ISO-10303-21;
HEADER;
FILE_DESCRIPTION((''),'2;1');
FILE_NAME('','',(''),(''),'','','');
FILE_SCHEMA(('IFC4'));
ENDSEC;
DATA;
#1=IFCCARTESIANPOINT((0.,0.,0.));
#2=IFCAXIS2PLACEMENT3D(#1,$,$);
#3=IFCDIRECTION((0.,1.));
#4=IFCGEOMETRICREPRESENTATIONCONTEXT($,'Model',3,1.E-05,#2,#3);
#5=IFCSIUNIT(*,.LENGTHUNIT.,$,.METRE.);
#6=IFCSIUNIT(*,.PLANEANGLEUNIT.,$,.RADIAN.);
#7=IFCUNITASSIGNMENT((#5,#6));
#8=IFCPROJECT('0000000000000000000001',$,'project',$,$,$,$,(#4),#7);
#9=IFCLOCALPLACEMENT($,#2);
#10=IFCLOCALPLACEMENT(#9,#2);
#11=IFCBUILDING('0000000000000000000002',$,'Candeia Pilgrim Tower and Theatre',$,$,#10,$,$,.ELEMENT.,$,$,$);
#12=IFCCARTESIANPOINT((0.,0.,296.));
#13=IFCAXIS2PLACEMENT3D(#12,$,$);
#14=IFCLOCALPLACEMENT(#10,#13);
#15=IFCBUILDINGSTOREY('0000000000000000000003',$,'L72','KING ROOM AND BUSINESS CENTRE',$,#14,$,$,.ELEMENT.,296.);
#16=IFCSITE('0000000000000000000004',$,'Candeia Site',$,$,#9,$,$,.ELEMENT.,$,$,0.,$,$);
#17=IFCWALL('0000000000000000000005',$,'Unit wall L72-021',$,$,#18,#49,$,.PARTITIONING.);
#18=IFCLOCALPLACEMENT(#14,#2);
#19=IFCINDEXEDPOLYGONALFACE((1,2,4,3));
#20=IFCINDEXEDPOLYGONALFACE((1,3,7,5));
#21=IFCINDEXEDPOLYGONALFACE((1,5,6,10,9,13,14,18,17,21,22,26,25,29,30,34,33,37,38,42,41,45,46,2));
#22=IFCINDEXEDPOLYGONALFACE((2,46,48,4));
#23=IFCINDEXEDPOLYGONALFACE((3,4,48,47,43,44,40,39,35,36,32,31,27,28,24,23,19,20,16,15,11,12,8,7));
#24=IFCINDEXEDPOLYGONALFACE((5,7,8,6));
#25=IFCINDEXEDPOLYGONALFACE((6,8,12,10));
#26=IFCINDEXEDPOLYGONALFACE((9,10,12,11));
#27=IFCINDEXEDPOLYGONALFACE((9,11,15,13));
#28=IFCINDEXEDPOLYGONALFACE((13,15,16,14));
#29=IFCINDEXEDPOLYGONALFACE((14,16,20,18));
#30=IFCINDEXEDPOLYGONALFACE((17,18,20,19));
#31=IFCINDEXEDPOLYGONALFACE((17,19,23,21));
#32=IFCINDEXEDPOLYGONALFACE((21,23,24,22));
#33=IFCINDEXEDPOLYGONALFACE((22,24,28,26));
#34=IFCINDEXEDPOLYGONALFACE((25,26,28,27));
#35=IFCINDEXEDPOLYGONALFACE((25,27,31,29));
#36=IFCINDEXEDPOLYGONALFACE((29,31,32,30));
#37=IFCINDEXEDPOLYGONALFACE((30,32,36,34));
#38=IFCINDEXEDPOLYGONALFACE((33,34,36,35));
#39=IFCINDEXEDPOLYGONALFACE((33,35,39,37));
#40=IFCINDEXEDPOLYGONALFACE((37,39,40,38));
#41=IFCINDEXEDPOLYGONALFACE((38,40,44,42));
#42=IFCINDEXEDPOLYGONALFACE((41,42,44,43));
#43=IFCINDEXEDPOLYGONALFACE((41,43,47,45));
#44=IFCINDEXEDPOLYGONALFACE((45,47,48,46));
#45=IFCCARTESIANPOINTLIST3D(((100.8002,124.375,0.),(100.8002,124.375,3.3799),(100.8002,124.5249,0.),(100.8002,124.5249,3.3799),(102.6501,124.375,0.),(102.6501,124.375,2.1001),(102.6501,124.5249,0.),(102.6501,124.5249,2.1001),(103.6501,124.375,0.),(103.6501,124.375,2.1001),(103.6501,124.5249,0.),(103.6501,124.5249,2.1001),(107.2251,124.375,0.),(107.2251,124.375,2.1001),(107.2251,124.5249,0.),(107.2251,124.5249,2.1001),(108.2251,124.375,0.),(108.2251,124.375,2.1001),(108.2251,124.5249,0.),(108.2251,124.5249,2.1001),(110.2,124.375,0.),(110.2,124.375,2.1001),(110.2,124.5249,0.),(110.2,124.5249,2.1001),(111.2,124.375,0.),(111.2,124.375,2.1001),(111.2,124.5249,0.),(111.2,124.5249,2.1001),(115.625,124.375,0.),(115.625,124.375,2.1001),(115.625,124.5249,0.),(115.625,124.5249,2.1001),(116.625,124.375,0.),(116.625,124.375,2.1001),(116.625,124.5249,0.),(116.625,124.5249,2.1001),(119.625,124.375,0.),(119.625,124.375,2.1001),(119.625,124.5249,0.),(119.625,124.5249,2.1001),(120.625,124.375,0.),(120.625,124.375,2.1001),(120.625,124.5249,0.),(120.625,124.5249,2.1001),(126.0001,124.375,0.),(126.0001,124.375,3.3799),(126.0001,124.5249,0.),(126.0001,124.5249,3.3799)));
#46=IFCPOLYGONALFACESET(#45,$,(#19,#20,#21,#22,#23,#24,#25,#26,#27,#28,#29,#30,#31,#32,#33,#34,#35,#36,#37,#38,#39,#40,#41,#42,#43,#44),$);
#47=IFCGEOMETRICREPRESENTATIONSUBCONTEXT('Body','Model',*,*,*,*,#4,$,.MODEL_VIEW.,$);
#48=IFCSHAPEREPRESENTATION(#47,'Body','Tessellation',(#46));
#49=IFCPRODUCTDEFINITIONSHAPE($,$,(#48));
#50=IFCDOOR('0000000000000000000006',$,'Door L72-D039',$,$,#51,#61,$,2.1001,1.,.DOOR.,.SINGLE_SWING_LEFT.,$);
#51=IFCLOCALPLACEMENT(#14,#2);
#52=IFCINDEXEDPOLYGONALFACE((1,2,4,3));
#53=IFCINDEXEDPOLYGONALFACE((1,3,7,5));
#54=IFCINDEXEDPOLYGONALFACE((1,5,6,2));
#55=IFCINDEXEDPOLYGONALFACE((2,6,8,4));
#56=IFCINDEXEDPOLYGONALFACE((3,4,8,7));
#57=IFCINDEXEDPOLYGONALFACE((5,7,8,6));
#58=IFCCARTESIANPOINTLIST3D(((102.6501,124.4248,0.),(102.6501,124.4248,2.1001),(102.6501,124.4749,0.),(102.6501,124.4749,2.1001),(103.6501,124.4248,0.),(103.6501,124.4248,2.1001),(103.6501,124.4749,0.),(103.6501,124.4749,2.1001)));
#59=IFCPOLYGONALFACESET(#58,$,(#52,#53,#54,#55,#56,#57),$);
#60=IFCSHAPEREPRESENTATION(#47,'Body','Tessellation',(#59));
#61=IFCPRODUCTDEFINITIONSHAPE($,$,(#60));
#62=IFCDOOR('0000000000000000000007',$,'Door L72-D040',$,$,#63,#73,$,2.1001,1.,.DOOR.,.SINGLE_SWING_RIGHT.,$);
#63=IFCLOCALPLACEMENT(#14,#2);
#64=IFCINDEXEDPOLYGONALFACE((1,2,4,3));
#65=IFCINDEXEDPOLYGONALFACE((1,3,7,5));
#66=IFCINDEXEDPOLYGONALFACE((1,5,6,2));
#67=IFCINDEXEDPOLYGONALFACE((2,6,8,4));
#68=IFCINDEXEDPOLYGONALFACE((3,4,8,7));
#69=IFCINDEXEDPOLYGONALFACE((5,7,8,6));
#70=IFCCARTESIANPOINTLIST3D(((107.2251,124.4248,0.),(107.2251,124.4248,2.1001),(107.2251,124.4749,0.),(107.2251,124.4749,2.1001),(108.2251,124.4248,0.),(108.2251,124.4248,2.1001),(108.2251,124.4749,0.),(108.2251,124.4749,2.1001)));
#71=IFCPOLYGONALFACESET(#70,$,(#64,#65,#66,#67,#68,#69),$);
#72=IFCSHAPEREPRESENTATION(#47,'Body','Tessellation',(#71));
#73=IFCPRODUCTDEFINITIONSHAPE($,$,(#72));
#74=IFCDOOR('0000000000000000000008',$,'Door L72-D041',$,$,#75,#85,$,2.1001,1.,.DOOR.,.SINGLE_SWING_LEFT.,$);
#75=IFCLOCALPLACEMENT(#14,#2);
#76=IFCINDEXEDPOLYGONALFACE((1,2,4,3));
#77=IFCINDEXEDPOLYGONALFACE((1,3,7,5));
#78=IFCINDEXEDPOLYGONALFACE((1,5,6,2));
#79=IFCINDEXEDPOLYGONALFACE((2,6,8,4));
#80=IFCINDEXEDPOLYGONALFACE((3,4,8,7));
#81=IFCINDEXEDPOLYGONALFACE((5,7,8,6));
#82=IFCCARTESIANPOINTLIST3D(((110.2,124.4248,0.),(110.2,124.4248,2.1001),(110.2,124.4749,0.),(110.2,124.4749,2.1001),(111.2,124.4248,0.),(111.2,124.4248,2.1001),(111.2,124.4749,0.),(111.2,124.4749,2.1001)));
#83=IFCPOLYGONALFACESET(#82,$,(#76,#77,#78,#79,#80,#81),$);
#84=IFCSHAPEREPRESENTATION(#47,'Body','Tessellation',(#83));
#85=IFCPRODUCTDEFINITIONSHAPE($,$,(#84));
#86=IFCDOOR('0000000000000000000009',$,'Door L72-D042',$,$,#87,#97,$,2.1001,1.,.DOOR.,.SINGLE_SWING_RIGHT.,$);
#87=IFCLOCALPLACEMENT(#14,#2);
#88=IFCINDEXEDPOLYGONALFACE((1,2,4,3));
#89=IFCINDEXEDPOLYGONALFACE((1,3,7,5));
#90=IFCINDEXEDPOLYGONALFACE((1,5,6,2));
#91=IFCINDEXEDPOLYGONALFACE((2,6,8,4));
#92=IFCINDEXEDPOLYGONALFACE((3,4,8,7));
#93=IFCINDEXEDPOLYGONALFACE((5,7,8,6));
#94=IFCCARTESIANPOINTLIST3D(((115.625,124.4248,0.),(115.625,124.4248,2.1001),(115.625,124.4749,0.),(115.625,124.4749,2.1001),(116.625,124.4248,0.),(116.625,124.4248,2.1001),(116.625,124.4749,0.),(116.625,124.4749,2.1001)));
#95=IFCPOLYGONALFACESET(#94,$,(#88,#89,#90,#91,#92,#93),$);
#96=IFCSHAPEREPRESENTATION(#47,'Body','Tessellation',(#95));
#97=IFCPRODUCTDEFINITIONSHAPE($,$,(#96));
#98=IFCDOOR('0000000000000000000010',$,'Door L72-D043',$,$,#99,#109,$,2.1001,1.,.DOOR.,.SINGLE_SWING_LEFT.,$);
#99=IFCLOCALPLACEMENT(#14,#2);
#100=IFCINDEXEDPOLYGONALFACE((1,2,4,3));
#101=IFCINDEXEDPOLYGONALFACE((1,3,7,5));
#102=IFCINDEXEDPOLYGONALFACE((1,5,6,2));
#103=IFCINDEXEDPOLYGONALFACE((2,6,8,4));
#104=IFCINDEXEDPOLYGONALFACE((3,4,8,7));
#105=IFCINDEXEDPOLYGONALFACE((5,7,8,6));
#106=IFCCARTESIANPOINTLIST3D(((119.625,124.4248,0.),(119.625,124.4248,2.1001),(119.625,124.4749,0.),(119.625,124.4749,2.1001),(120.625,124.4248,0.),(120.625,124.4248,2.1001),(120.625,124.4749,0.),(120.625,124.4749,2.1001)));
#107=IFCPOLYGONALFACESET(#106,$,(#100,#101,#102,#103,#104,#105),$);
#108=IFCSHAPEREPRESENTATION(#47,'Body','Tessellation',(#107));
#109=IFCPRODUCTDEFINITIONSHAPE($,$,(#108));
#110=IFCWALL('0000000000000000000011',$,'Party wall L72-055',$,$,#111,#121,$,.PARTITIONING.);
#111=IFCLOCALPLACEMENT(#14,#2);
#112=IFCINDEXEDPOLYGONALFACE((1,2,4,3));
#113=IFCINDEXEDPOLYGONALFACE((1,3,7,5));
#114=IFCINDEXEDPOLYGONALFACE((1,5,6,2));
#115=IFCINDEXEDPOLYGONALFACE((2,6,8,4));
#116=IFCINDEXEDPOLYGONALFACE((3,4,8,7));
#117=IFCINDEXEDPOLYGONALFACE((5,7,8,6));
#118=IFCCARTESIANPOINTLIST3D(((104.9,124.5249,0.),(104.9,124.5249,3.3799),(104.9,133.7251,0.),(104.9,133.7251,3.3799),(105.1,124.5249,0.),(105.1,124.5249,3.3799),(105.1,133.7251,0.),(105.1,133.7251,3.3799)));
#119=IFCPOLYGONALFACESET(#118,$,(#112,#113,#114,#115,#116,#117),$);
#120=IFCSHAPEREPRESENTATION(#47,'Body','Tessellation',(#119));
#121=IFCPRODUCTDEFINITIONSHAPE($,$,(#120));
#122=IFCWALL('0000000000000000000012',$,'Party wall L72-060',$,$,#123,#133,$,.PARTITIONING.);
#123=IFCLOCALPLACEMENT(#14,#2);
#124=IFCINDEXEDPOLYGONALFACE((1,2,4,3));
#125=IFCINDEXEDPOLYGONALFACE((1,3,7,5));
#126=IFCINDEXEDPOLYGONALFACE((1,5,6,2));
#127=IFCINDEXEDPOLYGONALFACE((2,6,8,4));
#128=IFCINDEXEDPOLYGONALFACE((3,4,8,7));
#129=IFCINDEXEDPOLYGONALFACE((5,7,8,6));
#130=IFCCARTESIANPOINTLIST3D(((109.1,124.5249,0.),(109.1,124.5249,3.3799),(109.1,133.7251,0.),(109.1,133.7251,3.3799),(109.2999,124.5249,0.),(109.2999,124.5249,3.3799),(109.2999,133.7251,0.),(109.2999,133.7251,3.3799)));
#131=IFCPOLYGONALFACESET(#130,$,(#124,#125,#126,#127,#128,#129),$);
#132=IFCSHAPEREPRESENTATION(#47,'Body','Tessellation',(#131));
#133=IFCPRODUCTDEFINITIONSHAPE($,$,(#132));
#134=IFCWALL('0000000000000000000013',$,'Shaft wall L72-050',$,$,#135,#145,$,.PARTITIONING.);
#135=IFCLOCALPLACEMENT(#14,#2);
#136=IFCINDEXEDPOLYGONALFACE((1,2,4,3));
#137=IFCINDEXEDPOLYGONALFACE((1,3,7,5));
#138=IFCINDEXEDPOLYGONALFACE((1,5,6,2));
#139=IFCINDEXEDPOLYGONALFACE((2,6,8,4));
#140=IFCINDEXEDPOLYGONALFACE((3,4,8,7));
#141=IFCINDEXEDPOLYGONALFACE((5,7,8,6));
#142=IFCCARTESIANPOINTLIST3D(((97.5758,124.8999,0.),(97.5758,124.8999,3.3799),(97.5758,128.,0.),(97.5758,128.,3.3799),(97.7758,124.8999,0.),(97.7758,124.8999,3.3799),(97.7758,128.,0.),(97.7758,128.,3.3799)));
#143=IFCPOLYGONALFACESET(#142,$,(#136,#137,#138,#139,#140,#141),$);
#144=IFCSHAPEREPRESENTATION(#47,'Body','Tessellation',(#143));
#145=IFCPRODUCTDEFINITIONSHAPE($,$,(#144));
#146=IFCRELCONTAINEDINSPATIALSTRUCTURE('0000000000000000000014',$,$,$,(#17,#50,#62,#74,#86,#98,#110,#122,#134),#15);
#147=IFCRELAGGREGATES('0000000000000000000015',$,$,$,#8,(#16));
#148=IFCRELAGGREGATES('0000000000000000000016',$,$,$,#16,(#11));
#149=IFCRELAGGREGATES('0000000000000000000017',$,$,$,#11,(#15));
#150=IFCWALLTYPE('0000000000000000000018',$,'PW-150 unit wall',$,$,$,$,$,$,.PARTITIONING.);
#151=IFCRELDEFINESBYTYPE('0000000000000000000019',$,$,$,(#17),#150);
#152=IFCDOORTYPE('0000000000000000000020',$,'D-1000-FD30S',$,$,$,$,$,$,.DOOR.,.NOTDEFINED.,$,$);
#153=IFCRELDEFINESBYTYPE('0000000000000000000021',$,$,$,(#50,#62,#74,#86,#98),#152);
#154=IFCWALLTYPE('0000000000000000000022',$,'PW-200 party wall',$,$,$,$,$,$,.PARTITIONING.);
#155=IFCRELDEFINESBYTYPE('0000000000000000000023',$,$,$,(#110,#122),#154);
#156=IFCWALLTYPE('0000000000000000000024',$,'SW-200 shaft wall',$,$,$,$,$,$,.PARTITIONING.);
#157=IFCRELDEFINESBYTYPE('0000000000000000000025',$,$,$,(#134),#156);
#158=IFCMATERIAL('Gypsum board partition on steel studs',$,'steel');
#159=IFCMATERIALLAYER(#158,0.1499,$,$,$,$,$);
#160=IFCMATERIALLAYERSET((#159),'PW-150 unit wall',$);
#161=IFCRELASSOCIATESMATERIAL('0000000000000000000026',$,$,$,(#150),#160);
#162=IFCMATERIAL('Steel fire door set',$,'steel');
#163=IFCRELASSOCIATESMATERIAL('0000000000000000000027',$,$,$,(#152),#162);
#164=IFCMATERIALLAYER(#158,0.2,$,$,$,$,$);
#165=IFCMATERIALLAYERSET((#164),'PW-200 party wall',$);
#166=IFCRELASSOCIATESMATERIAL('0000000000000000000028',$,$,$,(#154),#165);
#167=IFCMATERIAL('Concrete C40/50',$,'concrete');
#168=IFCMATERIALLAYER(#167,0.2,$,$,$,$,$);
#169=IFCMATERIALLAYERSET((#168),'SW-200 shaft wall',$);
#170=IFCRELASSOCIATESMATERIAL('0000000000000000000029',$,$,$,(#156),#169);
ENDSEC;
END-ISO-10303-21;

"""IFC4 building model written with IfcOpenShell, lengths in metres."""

from ifc_helpers import new_model, si_unit, direction, frame, frame_2d, origin, place, context, subcontext, project, spatial, rectangle, extrude, material, layer, layer_set, type_object, element, fill, save


model = new_model("IFC4")

# Units and contexts
model_context = context("Model", 3, precision=1e-05, world=origin(), true_north=direction((0.0, 1.0)))
body_context = subcontext(model_context, "Body", "Model", "MODEL_VIEW")
ifc_project = project(units=[si_unit("LENGTHUNIT", "METRE"), si_unit("PLANEANGLEUNIT", "RADIAN")], contexts=[model_context])

# Site, building, storey
site_placement = place(None, origin())
site = spatial("IfcSite", under=ifc_project, at=site_placement, Name="Candeia Site", CompositionType="ELEMENT", RefElevation=0.0)
building_placement = place(site_placement, origin())
building = spatial("IfcBuilding", under=site, at=building_placement, Name="Candeia Pilgrim Tower and Theatre", CompositionType="ELEMENT")
storey_placement = place(building_placement, frame((0.0, 0.0, 296.0)))
storey = spatial("IfcBuildingStorey", under=building, at=storey_placement, Name="L72", Description="KING ROOM AND BUSINESS CENTRE", CompositionType="ELEMENT", Elevation=296.0)

# Shared definitions
ifc_material_1 = material(Name="Gypsum board partition on steel studs", Category="steel")

# Wall, openings, doors
ifc_layer_1 = layer(ifc_material_1, 0.1499)
ifc_layer_set_1 = layer_set([ifc_layer_1], Name="PW-150 unit wall")
wall_type_1 = type_object("IfcWallType", Name="PW-150 unit wall", PredefinedType="PARTITIONING", material=ifc_layer_set_1)
ifc_material_2 = material(Name="Steel fire door set", Category="steel")
door_type_1 = type_object("IfcDoorType", Name="D-1000-FD30S", OperationType="NOTDEFINED", PredefinedType="DOOR", material=ifc_material_2)
wall_1_placement = place(storey_placement, frame((100.8, 124.45, 0.0), z_axis=(0.0, 0.0, 1.0), x_axis=(1.0, 0.0, 0.0)))
wall_1 = element("IfcWall", 1, at=wall_1_placement, inside=storey, type_object=wall_type_1, Name="Unit wall L72-021", PredefinedType="PARTITIONING", context=body_context, shape_type="SweptSolid", body=[
    extrude(rectangle(XDim=25.2, YDim=0.1499, at=frame_2d((12.6001, 0.0))), origin(), (0.0, 0.0, 1.0), 3.3799),
])
opening_1_placement = place(wall_1_placement, frame((1.8501, 0.0, 0.0)))
opening_1 = element("IfcOpeningElement", 2, at=opening_1_placement, cuts=wall_1, PredefinedType="OPENING", context=body_context, shape_type="SweptSolid", body=[
    extrude(rectangle(XDim=1.0, YDim=2.1001, at=frame_2d((0.5, 1.05))), frame((0.0, 0.085, 0.0), z_axis=(0.0, -1.0, 0.0), x_axis=(1.0, 0.0, 0.0)), (0.0, 0.0, 1.0), 0.1699),
])
opening_2_placement = place(wall_1_placement, frame((6.425, 0.0, 0.0)))
opening_2 = element("IfcOpeningElement", 3, at=opening_2_placement, cuts=wall_1, PredefinedType="OPENING", context=body_context, shape_type="SweptSolid", body=[
    extrude(rectangle(XDim=1.0, YDim=2.1001, at=frame_2d((0.5, 1.05))), frame((0.0, 0.085, 0.0), z_axis=(0.0, -1.0, 0.0), x_axis=(1.0, 0.0, 0.0)), (0.0, 0.0, 1.0), 0.1699),
])
opening_3_placement = place(wall_1_placement, frame((9.3999, 0.0, 0.0)))
opening_3 = element("IfcOpeningElement", 4, at=opening_3_placement, cuts=wall_1, PredefinedType="OPENING", context=body_context, shape_type="SweptSolid", body=[
    extrude(rectangle(XDim=1.0, YDim=2.1001, at=frame_2d((0.5, 1.05))), frame((0.0, 0.085, 0.0), z_axis=(0.0, -1.0, 0.0), x_axis=(1.0, 0.0, 0.0)), (0.0, 0.0, 1.0), 0.1699),
])
opening_4_placement = place(wall_1_placement, frame((14.825, 0.0, 0.0)))
opening_4 = element("IfcOpeningElement", 5, at=opening_4_placement, cuts=wall_1, PredefinedType="OPENING", context=body_context, shape_type="SweptSolid", body=[
    extrude(rectangle(XDim=1.0, YDim=2.1001, at=frame_2d((0.5, 1.05))), frame((0.0, 0.085, 0.0), z_axis=(0.0, -1.0, 0.0), x_axis=(1.0, 0.0, 0.0)), (0.0, 0.0, 1.0), 0.1699),
])
opening_5_placement = place(wall_1_placement, frame((18.825, 0.0, 0.0)))
opening_5 = element("IfcOpeningElement", 6, at=opening_5_placement, cuts=wall_1, PredefinedType="OPENING", context=body_context, shape_type="SweptSolid", body=[
    extrude(rectangle(XDim=1.0, YDim=2.1001, at=frame_2d((0.5, 1.05))), frame((0.0, 0.085, 0.0), z_axis=(0.0, -1.0, 0.0), x_axis=(1.0, 0.0, 0.0)), (0.0, 0.0, 1.0), 0.1699),
])
door_1_placement = place(opening_1_placement, origin())
door_1 = element("IfcDoor", 7, at=door_1_placement, inside=storey, type_object=door_type_1, Name="Door L72-D039", OperationType="SINGLE_SWING_LEFT", OverallHeight=2.1001, OverallWidth=1.0, PredefinedType="DOOR", context=body_context, shape_type="SweptSolid", body=[
    extrude(rectangle(XDim=1.0, YDim=2.1001, at=frame_2d((0.5, 1.05))), frame((0.0, 0.0249, 0.0), z_axis=(0.0, -1.0, 0.0), x_axis=(1.0, 0.0, 0.0)), (0.0, 0.0, 1.0), 0.05),
])
fill(opening_1, door_1)
door_2_placement = place(opening_2_placement, origin())
door_2 = element("IfcDoor", 8, at=door_2_placement, inside=storey, type_object=door_type_1, Name="Door L72-D040", OperationType="SINGLE_SWING_RIGHT", OverallHeight=2.1001, OverallWidth=1.0, PredefinedType="DOOR", context=body_context, shape_type="SweptSolid", body=[
    extrude(rectangle(XDim=1.0, YDim=2.1001, at=frame_2d((0.5, 1.05))), frame((0.0, 0.0249, 0.0), z_axis=(0.0, -1.0, 0.0), x_axis=(1.0, 0.0, 0.0)), (0.0, 0.0, 1.0), 0.05),
])
fill(opening_2, door_2)
door_3_placement = place(opening_3_placement, origin())
door_3 = element("IfcDoor", 9, at=door_3_placement, inside=storey, type_object=door_type_1, Name="Door L72-D041", OperationType="SINGLE_SWING_LEFT", OverallHeight=2.1001, OverallWidth=1.0, PredefinedType="DOOR", context=body_context, shape_type="SweptSolid", body=[
    extrude(rectangle(XDim=1.0, YDim=2.1001, at=frame_2d((0.5, 1.05))), frame((0.0, 0.0249, 0.0), z_axis=(0.0, -1.0, 0.0), x_axis=(1.0, 0.0, 0.0)), (0.0, 0.0, 1.0), 0.05),
])
fill(opening_3, door_3)
door_4_placement = place(opening_4_placement, origin())
door_4 = element("IfcDoor", 10, at=door_4_placement, inside=storey, type_object=door_type_1, Name="Door L72-D042", OperationType="SINGLE_SWING_RIGHT", OverallHeight=2.1001, OverallWidth=1.0, PredefinedType="DOOR", context=body_context, shape_type="SweptSolid", body=[
    extrude(rectangle(XDim=1.0, YDim=2.1001, at=frame_2d((0.5, 1.05))), frame((0.0, 0.0249, 0.0), z_axis=(0.0, -1.0, 0.0), x_axis=(1.0, 0.0, 0.0)), (0.0, 0.0, 1.0), 0.05),
])
fill(opening_4, door_4)
door_5_placement = place(opening_5_placement, origin())
door_5 = element("IfcDoor", 11, at=door_5_placement, inside=storey, type_object=door_type_1, Name="Door L72-D043", OperationType="SINGLE_SWING_LEFT", OverallHeight=2.1001, OverallWidth=1.0, PredefinedType="DOOR", context=body_context, shape_type="SweptSolid", body=[
    extrude(rectangle(XDim=1.0, YDim=2.1001, at=frame_2d((0.5, 1.05))), frame((0.0, 0.0249, 0.0), z_axis=(0.0, -1.0, 0.0), x_axis=(1.0, 0.0, 0.0)), (0.0, 0.0, 1.0), 0.05),
])
fill(opening_5, door_5)

# Walls
ifc_layer_2 = layer(ifc_material_1, 0.2)
ifc_layer_set_2 = layer_set([ifc_layer_2], Name="PW-200 party wall")
wall_type_2 = type_object("IfcWallType", Name="PW-200 party wall", PredefinedType="PARTITIONING", material=ifc_layer_set_2)
for number, where, z_axis, x_axis, name in (
    (12, (105.0, 124.5249, 0.0), (0.0, 0.0, 1.0), (0.0, 1.0, 0.0), "Party wall L72-055"),
    (13, (109.2, 124.5249, 0.0), (0.0, 0.0, 1.0), (0.0, 1.0, 0.0), "Party wall L72-060"),
):
    element("IfcWall", number, at=place(storey_placement, frame(where, z_axis=z_axis, x_axis=x_axis)), inside=storey, type_object=wall_type_2, Name=name, PredefinedType="PARTITIONING", context=body_context, shape_type="SweptSolid", body=[
        extrude(rectangle(XDim=9.2002, YDim=0.2, at=frame_2d((4.6001, 0.0))), origin(), (0.0, 0.0, 1.0), 3.3799),
    ])
ifc_material_3 = material(Name="Concrete C40/50", Category="concrete")
ifc_layer_3 = layer(ifc_material_3, 0.2)
ifc_layer_set_3 = layer_set([ifc_layer_3], Name="SW-200 shaft wall")
wall_type_3 = type_object("IfcWallType", Name="SW-200 shaft wall", PredefinedType="PARTITIONING", material=ifc_layer_set_3)
wall_2_placement = place(storey_placement, frame((97.6758, 124.8999, 0.0), z_axis=(0.0, 0.0, 1.0), x_axis=(0.0, 1.0, 0.0)))
element("IfcWall", 14, at=wall_2_placement, inside=storey, type_object=wall_type_3, Name="Shaft wall L72-050", PredefinedType="PARTITIONING", context=body_context, shape_type="SweptSolid", body=[
    extrude(rectangle(XDim=3.1001, YDim=0.2, at=frame_2d((1.55, 0.0))), origin(), (0.0, 0.0, 1.0), 3.3799),
])

save(model, "model.ifc")
